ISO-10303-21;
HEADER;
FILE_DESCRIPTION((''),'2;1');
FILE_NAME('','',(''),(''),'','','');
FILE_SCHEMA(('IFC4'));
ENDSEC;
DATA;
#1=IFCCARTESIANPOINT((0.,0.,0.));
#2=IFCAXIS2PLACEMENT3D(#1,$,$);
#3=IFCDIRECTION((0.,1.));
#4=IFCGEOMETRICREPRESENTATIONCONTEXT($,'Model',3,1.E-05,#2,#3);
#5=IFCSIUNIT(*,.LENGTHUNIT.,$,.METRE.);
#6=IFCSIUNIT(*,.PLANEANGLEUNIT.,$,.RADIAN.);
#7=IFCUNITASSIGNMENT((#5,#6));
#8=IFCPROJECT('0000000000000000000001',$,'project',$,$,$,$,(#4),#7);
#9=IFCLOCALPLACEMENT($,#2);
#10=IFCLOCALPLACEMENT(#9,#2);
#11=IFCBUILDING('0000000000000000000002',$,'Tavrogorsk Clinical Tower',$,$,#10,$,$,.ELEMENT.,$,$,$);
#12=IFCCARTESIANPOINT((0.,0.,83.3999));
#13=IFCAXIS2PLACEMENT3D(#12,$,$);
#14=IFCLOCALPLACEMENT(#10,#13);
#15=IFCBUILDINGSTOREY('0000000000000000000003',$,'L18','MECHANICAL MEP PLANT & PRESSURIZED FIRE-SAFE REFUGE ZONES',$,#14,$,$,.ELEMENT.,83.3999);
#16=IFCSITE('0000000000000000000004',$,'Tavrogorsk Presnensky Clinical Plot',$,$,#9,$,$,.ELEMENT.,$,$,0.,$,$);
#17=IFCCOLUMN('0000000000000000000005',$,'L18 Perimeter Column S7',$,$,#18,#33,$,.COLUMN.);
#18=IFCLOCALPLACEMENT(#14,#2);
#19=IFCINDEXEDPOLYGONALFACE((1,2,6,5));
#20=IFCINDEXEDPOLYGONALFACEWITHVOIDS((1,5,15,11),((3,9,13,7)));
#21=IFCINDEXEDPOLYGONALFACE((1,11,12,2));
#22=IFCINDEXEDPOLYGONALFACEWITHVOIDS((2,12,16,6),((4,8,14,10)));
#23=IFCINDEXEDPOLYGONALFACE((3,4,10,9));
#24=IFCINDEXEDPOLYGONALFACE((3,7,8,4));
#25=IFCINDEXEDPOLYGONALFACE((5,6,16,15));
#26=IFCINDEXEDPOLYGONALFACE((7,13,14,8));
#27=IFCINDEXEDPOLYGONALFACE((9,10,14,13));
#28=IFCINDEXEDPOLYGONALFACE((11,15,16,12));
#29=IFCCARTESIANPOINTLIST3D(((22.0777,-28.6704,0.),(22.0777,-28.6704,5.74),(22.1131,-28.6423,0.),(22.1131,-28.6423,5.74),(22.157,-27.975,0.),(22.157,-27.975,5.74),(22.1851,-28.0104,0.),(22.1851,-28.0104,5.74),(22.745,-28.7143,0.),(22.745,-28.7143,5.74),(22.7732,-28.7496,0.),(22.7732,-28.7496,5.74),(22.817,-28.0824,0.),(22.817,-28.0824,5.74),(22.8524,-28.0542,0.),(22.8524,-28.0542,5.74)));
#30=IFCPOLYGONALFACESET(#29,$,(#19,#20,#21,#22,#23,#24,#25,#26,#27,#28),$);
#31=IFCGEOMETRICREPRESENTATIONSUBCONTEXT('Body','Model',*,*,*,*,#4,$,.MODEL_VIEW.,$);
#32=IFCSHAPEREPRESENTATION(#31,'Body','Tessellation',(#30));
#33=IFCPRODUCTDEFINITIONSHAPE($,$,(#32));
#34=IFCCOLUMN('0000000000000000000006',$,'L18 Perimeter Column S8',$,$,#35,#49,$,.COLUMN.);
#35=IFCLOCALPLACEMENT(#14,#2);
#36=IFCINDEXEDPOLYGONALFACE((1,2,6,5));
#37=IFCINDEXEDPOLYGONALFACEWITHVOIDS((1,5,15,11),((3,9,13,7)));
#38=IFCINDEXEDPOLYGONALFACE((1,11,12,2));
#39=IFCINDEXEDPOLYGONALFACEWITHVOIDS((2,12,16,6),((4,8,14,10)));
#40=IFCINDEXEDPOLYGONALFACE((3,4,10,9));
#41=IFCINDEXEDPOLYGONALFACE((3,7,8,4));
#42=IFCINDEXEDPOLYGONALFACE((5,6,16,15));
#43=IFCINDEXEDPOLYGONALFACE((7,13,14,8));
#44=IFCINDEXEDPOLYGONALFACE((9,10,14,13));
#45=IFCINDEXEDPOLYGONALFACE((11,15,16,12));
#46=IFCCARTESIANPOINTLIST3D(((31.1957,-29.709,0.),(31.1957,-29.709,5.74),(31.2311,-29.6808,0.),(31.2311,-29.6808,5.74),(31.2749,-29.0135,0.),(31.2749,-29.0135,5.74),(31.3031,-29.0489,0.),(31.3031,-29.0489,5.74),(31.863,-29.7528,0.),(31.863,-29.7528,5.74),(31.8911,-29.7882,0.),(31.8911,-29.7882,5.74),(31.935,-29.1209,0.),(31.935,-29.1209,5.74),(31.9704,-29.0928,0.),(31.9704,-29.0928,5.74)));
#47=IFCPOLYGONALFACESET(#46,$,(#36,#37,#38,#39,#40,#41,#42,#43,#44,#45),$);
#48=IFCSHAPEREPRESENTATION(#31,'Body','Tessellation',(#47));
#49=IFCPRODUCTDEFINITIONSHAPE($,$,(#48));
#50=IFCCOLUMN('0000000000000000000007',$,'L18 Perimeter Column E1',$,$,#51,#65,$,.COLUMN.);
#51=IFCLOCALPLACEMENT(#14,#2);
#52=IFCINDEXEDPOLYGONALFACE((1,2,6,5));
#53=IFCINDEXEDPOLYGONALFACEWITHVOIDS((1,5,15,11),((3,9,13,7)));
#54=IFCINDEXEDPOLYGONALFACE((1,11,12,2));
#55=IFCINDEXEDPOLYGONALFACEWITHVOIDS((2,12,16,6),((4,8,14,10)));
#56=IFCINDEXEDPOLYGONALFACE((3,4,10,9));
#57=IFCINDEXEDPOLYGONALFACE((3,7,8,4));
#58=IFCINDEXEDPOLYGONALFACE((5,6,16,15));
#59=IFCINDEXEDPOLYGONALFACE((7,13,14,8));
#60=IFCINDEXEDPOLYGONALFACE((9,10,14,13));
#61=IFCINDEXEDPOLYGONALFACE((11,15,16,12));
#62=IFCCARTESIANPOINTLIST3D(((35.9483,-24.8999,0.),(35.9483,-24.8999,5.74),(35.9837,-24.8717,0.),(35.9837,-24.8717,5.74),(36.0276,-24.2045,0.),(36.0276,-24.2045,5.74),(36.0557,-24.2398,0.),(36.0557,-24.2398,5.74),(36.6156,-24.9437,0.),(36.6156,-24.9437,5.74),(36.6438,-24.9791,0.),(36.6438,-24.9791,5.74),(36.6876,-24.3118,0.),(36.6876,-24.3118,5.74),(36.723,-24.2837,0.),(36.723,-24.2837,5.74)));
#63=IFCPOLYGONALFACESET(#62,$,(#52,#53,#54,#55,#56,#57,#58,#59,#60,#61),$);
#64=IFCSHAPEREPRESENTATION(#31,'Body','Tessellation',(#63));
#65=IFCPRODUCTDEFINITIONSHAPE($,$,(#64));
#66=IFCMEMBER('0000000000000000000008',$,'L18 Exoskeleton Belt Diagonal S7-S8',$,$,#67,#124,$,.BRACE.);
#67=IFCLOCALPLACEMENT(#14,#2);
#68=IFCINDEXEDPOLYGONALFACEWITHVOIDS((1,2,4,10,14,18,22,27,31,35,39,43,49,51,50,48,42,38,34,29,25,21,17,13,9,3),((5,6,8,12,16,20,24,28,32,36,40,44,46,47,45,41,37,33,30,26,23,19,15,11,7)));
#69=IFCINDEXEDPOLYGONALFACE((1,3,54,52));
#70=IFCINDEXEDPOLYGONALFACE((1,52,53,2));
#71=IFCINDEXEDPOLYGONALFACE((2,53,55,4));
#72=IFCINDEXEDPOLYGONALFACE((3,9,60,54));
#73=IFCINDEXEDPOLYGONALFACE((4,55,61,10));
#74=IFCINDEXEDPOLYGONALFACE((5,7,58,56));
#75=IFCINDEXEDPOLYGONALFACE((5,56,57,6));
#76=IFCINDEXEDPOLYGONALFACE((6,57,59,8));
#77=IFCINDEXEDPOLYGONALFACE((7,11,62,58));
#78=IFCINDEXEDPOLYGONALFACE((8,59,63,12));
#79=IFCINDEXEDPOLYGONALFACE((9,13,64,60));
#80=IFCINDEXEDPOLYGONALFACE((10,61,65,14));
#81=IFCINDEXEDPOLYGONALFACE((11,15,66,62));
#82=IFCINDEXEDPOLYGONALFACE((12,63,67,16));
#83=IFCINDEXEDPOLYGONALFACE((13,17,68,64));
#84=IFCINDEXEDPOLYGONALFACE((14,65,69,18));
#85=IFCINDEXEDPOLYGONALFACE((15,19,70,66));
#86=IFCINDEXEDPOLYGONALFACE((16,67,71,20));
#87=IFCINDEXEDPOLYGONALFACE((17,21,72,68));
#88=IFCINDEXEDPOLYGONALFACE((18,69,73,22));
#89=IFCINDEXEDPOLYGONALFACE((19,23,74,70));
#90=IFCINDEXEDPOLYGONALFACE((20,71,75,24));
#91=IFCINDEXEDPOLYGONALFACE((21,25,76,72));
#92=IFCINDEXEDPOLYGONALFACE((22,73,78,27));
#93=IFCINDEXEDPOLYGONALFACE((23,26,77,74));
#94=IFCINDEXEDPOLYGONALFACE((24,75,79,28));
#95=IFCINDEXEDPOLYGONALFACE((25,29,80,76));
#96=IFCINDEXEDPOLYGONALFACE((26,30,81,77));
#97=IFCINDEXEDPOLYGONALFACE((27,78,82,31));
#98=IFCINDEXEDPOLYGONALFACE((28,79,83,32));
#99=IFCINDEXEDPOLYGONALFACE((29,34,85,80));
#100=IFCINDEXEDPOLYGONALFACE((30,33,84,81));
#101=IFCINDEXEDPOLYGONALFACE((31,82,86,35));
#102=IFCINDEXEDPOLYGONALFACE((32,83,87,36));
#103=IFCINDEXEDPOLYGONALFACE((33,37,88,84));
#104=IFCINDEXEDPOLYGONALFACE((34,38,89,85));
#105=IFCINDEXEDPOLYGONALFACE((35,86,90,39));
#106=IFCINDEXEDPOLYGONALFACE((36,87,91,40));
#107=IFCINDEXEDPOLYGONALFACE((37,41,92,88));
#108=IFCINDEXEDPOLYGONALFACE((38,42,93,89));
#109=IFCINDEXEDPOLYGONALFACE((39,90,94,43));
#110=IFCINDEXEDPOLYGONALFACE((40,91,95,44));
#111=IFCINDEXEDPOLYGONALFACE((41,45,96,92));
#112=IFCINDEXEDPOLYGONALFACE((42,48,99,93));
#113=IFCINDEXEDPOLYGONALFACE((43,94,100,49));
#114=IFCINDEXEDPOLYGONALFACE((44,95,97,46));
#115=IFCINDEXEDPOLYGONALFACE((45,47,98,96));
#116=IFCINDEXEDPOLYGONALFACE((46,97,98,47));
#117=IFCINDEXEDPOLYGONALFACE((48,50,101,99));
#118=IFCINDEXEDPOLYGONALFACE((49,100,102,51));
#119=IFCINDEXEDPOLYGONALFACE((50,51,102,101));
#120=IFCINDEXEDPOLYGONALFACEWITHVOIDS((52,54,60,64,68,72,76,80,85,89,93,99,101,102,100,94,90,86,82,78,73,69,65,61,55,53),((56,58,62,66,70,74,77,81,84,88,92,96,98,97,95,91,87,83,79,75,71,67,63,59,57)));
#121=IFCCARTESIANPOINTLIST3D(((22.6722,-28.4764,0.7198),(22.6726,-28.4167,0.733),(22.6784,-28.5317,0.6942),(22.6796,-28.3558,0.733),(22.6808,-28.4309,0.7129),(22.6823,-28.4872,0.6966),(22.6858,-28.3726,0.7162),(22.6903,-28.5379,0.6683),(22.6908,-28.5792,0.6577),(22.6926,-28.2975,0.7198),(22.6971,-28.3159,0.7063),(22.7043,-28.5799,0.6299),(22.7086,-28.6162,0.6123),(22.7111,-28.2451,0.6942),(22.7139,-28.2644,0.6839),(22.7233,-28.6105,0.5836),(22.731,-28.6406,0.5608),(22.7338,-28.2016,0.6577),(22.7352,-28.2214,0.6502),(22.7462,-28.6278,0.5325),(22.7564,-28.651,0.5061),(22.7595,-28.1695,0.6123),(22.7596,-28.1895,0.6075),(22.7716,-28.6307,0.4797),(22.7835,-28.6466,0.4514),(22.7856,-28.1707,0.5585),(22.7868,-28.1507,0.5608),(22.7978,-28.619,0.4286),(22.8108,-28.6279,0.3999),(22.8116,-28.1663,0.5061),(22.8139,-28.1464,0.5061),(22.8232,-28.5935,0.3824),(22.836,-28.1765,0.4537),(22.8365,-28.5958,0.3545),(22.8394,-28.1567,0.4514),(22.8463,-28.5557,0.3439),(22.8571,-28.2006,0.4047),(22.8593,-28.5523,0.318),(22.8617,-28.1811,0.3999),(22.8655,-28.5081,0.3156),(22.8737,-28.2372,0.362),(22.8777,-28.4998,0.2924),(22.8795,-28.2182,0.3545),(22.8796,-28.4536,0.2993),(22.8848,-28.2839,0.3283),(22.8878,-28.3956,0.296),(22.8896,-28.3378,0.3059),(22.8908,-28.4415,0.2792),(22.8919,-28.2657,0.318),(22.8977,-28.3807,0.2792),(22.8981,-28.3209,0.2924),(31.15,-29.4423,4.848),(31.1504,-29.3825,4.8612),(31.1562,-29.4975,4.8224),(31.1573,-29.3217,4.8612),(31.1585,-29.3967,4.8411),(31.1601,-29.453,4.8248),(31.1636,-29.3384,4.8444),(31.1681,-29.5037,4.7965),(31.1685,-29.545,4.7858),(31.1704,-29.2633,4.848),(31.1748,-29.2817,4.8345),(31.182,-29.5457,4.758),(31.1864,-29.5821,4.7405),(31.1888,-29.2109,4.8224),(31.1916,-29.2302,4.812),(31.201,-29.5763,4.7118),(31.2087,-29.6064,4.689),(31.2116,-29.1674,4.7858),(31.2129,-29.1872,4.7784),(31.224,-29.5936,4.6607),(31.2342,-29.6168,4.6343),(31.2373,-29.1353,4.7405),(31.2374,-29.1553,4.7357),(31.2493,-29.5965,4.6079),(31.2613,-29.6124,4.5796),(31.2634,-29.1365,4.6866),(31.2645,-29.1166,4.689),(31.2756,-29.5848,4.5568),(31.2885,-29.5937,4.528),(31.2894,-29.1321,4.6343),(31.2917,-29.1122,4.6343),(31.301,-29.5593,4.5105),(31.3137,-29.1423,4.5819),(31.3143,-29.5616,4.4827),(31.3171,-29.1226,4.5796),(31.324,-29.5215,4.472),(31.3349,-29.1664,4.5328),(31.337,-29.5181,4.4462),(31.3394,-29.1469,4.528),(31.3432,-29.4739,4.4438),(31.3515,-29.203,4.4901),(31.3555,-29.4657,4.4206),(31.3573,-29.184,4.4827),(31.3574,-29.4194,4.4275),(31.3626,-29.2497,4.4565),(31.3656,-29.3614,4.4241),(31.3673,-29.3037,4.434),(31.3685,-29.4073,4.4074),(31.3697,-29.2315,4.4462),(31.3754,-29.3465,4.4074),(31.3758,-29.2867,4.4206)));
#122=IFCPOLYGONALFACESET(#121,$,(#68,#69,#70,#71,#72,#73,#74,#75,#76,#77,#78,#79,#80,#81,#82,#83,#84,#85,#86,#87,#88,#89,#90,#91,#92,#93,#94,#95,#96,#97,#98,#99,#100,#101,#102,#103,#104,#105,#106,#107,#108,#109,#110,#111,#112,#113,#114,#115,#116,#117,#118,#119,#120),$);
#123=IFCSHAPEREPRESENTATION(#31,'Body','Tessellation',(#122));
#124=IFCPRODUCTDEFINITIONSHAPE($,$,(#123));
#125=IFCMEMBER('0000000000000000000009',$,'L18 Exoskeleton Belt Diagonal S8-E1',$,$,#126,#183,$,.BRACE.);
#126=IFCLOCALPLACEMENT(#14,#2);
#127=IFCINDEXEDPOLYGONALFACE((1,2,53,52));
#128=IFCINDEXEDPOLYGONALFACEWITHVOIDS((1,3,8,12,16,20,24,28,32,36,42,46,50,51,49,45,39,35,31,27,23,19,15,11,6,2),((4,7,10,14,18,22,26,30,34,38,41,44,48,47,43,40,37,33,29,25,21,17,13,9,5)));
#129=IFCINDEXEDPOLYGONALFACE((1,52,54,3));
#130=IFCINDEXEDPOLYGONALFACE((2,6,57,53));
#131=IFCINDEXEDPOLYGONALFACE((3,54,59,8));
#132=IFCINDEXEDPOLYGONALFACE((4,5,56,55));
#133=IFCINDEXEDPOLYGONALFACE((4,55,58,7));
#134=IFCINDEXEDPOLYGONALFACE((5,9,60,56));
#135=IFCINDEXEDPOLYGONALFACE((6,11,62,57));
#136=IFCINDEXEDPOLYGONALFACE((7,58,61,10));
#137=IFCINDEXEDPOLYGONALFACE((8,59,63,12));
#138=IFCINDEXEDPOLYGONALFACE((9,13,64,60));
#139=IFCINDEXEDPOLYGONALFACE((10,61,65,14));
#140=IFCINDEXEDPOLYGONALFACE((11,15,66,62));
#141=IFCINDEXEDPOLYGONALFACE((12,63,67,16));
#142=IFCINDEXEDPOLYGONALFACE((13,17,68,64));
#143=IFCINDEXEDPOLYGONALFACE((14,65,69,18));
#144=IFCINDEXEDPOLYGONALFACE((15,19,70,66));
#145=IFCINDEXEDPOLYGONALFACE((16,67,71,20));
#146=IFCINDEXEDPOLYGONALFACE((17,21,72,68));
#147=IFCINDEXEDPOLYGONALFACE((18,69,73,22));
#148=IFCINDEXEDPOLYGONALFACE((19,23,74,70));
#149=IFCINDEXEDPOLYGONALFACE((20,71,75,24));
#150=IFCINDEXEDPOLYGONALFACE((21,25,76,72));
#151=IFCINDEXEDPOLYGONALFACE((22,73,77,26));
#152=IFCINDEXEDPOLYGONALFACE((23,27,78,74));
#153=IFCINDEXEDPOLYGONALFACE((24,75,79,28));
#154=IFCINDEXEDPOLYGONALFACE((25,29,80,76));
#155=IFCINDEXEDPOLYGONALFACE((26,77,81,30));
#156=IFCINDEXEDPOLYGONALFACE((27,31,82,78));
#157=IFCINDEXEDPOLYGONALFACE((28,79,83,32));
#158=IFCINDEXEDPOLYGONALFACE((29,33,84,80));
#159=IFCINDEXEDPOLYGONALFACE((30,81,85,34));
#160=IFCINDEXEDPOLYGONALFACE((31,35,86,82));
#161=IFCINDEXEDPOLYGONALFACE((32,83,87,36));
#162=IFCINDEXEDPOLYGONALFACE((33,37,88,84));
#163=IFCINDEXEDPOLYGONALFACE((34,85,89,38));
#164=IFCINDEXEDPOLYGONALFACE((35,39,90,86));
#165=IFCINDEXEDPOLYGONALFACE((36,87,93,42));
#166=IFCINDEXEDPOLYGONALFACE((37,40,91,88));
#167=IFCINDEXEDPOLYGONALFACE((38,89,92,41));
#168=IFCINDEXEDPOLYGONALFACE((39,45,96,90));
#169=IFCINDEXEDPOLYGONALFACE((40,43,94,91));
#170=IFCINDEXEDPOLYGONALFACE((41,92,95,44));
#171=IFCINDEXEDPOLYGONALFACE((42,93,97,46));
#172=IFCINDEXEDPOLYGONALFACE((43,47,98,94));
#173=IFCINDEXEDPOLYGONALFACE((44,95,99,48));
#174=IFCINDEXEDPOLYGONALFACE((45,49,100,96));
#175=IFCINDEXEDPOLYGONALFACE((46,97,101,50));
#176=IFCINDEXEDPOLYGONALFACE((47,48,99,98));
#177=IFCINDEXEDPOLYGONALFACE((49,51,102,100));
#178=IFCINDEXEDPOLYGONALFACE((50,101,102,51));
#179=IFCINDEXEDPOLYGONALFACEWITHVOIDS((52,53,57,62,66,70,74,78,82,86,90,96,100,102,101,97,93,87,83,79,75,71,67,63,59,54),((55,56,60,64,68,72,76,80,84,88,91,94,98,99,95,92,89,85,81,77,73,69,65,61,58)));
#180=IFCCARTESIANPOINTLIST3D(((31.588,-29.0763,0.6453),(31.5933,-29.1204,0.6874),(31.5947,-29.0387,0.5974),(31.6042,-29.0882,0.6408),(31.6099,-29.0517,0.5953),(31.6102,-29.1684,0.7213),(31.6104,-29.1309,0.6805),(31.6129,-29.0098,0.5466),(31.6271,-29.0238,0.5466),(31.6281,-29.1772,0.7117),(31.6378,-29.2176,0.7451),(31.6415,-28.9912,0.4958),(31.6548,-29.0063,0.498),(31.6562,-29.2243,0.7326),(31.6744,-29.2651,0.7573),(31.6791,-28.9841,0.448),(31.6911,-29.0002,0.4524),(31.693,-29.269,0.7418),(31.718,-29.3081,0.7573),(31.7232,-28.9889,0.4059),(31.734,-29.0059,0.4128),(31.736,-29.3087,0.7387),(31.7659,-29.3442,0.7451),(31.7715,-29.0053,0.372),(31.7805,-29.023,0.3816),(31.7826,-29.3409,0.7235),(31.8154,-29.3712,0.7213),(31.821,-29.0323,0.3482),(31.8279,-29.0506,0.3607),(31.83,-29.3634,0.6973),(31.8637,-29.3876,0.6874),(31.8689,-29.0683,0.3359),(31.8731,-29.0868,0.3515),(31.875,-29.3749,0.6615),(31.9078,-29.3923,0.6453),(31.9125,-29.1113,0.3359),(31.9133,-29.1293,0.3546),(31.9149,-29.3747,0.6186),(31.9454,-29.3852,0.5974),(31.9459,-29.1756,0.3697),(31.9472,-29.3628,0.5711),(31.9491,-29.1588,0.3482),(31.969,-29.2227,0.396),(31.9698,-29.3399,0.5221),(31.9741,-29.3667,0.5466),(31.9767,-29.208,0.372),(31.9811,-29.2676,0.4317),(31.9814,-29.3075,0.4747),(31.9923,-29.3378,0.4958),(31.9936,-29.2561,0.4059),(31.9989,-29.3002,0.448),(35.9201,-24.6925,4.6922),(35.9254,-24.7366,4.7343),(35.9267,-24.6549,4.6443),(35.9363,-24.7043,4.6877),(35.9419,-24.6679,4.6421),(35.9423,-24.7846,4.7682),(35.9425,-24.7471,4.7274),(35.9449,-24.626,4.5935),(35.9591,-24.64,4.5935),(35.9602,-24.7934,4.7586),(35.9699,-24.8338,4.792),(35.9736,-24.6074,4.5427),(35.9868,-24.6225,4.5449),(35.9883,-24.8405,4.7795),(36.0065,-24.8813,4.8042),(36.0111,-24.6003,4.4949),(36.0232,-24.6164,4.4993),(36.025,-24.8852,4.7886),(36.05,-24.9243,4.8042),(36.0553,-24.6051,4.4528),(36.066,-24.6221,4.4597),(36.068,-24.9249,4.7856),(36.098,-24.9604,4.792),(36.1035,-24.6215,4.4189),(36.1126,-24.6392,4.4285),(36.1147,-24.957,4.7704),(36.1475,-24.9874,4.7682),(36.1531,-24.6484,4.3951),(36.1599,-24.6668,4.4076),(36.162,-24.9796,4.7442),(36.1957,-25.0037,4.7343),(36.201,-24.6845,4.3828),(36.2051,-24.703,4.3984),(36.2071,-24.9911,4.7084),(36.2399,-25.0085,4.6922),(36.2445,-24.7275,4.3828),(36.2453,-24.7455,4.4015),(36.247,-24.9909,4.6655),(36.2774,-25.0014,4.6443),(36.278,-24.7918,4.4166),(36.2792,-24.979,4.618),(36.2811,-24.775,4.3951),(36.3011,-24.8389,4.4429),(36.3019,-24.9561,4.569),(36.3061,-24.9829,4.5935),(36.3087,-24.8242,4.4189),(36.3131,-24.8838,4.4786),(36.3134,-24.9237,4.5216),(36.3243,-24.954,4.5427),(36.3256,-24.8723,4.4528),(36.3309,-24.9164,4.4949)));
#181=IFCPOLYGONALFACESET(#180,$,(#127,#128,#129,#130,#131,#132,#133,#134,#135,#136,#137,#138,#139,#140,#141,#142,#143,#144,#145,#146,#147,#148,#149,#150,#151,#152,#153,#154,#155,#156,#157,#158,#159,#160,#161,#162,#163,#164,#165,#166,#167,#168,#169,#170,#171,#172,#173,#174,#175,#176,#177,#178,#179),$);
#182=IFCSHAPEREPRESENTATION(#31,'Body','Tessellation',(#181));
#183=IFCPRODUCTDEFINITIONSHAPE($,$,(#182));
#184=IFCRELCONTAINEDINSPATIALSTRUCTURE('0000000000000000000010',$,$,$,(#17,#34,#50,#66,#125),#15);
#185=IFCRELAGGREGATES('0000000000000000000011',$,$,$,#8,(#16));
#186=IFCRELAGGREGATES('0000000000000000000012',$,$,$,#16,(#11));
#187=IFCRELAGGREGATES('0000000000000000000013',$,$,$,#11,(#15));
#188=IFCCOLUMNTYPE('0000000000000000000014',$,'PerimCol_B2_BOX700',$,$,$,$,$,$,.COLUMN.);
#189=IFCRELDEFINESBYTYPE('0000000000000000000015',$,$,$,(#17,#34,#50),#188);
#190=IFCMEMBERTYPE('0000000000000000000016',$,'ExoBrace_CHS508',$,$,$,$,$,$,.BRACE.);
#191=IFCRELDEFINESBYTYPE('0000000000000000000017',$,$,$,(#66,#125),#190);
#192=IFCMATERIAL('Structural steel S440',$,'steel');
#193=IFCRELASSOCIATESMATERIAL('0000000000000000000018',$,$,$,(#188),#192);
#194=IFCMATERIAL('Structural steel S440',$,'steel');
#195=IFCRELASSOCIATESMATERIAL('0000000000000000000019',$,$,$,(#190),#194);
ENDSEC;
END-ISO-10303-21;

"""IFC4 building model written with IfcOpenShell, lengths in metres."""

from ifc_helpers import new_model, si_unit, direction, frame, origin, origin_2d, place, context, subcontext, project, spatial, hollow_rectangle, hollow_circle, extrude, material, material_profile, profile_set, type_object, element, save


model = new_model("IFC4")

# Units and contexts
model_context = context("Model", 3, precision=1e-05, world=origin(), true_north=direction((0.0, 1.0)))
body_context = subcontext(model_context, "Body", "Model", "MODEL_VIEW")
ifc_project = project(units=[si_unit("LENGTHUNIT", "METRE"), si_unit("PLANEANGLEUNIT", "RADIAN")], contexts=[model_context])

# Site, building, storey
site_placement = place(None, origin())
site = spatial("IfcSite", under=ifc_project, at=site_placement, Name="Tavrogorsk Presnensky Clinical Plot", CompositionType="ELEMENT", RefElevation=0.0)
building_placement = place(site_placement, origin())
building = spatial("IfcBuilding", under=site, at=building_placement, Name="Tavrogorsk Clinical Tower", CompositionType="ELEMENT")
storey_placement = place(building_placement, frame((0.0, 0.0, 83.3999)))
storey = spatial("IfcBuildingStorey", under=building, at=storey_placement, Name="L18", Description="MECHANICAL MEP PLANT & PRESSURIZED FIRE-SAFE REFUGE ZONES", CompositionType="ELEMENT", Elevation=83.3999)

# Columns
ifc_material_1 = material(Name="Structural steel S440", Category="steel")
ifc_material_profile_1 = material_profile(ifc_material_1, hollow_rectangle(XDim=0.7, YDim=0.7, WallThickness=0.032, at=origin_2d()), Name="BOX-700x700x32")
ifc_profile_set_1 = profile_set([ifc_material_profile_1], Name="Structural steel S440")
column_type = type_object("IfcColumnType", Name="PerimCol_B2_BOX700", PredefinedType="COLUMN", material=ifc_profile_set_1)
for number, where, z_axis, x_axis, name in (
    (1, (22.4651, -28.3623, 0.0), (0.0, 0.0, 1.0), (0.993572, -0.113203, 0.0), "L18 Perimeter Column S7"),
    (2, (31.583, -29.4009, 0.0), (0.0, 0.0, 1.0), (0.993572, -0.113203, 0.0), "L18 Perimeter Column S8"),
    (3, (36.3357, -24.5918, 0.0), (0.0, 0.0, 1.0), (0.993572, -0.113203, 0.0), "L18 Perimeter Column E1"),
):
    element("IfcColumn", number, at=place(storey_placement, frame(where, z_axis=z_axis, x_axis=x_axis)), inside=storey, type_object=column_type, Name=name, PredefinedType="COLUMN", context=body_context, shape_type="SweptSolid", body=[
        extrude(hollow_rectangle(XDim=0.7, YDim=0.7, WallThickness=0.032, at=origin_2d()), origin(), (0.0, 0.0, 1.0), 5.74),
    ])

# Members
ifc_material_2 = material(Name="Structural steel S440", Category="steel")
ifc_material_profile_2 = material_profile(ifc_material_2, hollow_circle(Radius=0.2539, WallThickness=0.02, at=origin_2d()), Name="CHS-508x20")
ifc_profile_set_2 = profile_set([ifc_material_profile_2], Name="Structural steel S440")
member_type_1 = type_object("IfcMemberType", Name="ExoBrace_CHS508", PredefinedType="BRACE", material=ifc_profile_set_2)
member_1_placement = place(storey_placement, frame((22.7852, -28.3987, 0.5061), z_axis=(0.894395, -0.101893, 0.435517), x_axis=(0.113192, 0.993573, 0.0)))
element("IfcMember", 4, at=member_1_placement, inside=storey, type_object=member_type_1, Name="L18 Exoskeleton Belt Diagonal S7-S8", PredefinedType="BRACE", context=body_context, shape_type="SweptSolid", body=[
    extrude(hollow_circle(Radius=0.2539, WallThickness=0.02, at=origin_2d()), origin(), (0.0, 0.0, 1.0), 9.4788),
])
member_2_placement = place(storey_placement, frame((31.7935, -29.1882, 0.5466), z_axis=(0.587552, 0.594572, 0.548877), x_axis=(-0.711293, 0.702895, 0.0)))
element("IfcMember", 5, at=member_2_placement, inside=storey, type_object=member_type_1, Name="L18 Exoskeleton Belt Diagonal S8-E1", PredefinedType="BRACE", context=body_context, shape_type="SweptSolid", body=[
    extrude(hollow_circle(Radius=0.2539, WallThickness=0.02, at=origin_2d()), origin(), (0.0, 0.0, 1.0), 7.373),
])

save(model, "model.ifc")
